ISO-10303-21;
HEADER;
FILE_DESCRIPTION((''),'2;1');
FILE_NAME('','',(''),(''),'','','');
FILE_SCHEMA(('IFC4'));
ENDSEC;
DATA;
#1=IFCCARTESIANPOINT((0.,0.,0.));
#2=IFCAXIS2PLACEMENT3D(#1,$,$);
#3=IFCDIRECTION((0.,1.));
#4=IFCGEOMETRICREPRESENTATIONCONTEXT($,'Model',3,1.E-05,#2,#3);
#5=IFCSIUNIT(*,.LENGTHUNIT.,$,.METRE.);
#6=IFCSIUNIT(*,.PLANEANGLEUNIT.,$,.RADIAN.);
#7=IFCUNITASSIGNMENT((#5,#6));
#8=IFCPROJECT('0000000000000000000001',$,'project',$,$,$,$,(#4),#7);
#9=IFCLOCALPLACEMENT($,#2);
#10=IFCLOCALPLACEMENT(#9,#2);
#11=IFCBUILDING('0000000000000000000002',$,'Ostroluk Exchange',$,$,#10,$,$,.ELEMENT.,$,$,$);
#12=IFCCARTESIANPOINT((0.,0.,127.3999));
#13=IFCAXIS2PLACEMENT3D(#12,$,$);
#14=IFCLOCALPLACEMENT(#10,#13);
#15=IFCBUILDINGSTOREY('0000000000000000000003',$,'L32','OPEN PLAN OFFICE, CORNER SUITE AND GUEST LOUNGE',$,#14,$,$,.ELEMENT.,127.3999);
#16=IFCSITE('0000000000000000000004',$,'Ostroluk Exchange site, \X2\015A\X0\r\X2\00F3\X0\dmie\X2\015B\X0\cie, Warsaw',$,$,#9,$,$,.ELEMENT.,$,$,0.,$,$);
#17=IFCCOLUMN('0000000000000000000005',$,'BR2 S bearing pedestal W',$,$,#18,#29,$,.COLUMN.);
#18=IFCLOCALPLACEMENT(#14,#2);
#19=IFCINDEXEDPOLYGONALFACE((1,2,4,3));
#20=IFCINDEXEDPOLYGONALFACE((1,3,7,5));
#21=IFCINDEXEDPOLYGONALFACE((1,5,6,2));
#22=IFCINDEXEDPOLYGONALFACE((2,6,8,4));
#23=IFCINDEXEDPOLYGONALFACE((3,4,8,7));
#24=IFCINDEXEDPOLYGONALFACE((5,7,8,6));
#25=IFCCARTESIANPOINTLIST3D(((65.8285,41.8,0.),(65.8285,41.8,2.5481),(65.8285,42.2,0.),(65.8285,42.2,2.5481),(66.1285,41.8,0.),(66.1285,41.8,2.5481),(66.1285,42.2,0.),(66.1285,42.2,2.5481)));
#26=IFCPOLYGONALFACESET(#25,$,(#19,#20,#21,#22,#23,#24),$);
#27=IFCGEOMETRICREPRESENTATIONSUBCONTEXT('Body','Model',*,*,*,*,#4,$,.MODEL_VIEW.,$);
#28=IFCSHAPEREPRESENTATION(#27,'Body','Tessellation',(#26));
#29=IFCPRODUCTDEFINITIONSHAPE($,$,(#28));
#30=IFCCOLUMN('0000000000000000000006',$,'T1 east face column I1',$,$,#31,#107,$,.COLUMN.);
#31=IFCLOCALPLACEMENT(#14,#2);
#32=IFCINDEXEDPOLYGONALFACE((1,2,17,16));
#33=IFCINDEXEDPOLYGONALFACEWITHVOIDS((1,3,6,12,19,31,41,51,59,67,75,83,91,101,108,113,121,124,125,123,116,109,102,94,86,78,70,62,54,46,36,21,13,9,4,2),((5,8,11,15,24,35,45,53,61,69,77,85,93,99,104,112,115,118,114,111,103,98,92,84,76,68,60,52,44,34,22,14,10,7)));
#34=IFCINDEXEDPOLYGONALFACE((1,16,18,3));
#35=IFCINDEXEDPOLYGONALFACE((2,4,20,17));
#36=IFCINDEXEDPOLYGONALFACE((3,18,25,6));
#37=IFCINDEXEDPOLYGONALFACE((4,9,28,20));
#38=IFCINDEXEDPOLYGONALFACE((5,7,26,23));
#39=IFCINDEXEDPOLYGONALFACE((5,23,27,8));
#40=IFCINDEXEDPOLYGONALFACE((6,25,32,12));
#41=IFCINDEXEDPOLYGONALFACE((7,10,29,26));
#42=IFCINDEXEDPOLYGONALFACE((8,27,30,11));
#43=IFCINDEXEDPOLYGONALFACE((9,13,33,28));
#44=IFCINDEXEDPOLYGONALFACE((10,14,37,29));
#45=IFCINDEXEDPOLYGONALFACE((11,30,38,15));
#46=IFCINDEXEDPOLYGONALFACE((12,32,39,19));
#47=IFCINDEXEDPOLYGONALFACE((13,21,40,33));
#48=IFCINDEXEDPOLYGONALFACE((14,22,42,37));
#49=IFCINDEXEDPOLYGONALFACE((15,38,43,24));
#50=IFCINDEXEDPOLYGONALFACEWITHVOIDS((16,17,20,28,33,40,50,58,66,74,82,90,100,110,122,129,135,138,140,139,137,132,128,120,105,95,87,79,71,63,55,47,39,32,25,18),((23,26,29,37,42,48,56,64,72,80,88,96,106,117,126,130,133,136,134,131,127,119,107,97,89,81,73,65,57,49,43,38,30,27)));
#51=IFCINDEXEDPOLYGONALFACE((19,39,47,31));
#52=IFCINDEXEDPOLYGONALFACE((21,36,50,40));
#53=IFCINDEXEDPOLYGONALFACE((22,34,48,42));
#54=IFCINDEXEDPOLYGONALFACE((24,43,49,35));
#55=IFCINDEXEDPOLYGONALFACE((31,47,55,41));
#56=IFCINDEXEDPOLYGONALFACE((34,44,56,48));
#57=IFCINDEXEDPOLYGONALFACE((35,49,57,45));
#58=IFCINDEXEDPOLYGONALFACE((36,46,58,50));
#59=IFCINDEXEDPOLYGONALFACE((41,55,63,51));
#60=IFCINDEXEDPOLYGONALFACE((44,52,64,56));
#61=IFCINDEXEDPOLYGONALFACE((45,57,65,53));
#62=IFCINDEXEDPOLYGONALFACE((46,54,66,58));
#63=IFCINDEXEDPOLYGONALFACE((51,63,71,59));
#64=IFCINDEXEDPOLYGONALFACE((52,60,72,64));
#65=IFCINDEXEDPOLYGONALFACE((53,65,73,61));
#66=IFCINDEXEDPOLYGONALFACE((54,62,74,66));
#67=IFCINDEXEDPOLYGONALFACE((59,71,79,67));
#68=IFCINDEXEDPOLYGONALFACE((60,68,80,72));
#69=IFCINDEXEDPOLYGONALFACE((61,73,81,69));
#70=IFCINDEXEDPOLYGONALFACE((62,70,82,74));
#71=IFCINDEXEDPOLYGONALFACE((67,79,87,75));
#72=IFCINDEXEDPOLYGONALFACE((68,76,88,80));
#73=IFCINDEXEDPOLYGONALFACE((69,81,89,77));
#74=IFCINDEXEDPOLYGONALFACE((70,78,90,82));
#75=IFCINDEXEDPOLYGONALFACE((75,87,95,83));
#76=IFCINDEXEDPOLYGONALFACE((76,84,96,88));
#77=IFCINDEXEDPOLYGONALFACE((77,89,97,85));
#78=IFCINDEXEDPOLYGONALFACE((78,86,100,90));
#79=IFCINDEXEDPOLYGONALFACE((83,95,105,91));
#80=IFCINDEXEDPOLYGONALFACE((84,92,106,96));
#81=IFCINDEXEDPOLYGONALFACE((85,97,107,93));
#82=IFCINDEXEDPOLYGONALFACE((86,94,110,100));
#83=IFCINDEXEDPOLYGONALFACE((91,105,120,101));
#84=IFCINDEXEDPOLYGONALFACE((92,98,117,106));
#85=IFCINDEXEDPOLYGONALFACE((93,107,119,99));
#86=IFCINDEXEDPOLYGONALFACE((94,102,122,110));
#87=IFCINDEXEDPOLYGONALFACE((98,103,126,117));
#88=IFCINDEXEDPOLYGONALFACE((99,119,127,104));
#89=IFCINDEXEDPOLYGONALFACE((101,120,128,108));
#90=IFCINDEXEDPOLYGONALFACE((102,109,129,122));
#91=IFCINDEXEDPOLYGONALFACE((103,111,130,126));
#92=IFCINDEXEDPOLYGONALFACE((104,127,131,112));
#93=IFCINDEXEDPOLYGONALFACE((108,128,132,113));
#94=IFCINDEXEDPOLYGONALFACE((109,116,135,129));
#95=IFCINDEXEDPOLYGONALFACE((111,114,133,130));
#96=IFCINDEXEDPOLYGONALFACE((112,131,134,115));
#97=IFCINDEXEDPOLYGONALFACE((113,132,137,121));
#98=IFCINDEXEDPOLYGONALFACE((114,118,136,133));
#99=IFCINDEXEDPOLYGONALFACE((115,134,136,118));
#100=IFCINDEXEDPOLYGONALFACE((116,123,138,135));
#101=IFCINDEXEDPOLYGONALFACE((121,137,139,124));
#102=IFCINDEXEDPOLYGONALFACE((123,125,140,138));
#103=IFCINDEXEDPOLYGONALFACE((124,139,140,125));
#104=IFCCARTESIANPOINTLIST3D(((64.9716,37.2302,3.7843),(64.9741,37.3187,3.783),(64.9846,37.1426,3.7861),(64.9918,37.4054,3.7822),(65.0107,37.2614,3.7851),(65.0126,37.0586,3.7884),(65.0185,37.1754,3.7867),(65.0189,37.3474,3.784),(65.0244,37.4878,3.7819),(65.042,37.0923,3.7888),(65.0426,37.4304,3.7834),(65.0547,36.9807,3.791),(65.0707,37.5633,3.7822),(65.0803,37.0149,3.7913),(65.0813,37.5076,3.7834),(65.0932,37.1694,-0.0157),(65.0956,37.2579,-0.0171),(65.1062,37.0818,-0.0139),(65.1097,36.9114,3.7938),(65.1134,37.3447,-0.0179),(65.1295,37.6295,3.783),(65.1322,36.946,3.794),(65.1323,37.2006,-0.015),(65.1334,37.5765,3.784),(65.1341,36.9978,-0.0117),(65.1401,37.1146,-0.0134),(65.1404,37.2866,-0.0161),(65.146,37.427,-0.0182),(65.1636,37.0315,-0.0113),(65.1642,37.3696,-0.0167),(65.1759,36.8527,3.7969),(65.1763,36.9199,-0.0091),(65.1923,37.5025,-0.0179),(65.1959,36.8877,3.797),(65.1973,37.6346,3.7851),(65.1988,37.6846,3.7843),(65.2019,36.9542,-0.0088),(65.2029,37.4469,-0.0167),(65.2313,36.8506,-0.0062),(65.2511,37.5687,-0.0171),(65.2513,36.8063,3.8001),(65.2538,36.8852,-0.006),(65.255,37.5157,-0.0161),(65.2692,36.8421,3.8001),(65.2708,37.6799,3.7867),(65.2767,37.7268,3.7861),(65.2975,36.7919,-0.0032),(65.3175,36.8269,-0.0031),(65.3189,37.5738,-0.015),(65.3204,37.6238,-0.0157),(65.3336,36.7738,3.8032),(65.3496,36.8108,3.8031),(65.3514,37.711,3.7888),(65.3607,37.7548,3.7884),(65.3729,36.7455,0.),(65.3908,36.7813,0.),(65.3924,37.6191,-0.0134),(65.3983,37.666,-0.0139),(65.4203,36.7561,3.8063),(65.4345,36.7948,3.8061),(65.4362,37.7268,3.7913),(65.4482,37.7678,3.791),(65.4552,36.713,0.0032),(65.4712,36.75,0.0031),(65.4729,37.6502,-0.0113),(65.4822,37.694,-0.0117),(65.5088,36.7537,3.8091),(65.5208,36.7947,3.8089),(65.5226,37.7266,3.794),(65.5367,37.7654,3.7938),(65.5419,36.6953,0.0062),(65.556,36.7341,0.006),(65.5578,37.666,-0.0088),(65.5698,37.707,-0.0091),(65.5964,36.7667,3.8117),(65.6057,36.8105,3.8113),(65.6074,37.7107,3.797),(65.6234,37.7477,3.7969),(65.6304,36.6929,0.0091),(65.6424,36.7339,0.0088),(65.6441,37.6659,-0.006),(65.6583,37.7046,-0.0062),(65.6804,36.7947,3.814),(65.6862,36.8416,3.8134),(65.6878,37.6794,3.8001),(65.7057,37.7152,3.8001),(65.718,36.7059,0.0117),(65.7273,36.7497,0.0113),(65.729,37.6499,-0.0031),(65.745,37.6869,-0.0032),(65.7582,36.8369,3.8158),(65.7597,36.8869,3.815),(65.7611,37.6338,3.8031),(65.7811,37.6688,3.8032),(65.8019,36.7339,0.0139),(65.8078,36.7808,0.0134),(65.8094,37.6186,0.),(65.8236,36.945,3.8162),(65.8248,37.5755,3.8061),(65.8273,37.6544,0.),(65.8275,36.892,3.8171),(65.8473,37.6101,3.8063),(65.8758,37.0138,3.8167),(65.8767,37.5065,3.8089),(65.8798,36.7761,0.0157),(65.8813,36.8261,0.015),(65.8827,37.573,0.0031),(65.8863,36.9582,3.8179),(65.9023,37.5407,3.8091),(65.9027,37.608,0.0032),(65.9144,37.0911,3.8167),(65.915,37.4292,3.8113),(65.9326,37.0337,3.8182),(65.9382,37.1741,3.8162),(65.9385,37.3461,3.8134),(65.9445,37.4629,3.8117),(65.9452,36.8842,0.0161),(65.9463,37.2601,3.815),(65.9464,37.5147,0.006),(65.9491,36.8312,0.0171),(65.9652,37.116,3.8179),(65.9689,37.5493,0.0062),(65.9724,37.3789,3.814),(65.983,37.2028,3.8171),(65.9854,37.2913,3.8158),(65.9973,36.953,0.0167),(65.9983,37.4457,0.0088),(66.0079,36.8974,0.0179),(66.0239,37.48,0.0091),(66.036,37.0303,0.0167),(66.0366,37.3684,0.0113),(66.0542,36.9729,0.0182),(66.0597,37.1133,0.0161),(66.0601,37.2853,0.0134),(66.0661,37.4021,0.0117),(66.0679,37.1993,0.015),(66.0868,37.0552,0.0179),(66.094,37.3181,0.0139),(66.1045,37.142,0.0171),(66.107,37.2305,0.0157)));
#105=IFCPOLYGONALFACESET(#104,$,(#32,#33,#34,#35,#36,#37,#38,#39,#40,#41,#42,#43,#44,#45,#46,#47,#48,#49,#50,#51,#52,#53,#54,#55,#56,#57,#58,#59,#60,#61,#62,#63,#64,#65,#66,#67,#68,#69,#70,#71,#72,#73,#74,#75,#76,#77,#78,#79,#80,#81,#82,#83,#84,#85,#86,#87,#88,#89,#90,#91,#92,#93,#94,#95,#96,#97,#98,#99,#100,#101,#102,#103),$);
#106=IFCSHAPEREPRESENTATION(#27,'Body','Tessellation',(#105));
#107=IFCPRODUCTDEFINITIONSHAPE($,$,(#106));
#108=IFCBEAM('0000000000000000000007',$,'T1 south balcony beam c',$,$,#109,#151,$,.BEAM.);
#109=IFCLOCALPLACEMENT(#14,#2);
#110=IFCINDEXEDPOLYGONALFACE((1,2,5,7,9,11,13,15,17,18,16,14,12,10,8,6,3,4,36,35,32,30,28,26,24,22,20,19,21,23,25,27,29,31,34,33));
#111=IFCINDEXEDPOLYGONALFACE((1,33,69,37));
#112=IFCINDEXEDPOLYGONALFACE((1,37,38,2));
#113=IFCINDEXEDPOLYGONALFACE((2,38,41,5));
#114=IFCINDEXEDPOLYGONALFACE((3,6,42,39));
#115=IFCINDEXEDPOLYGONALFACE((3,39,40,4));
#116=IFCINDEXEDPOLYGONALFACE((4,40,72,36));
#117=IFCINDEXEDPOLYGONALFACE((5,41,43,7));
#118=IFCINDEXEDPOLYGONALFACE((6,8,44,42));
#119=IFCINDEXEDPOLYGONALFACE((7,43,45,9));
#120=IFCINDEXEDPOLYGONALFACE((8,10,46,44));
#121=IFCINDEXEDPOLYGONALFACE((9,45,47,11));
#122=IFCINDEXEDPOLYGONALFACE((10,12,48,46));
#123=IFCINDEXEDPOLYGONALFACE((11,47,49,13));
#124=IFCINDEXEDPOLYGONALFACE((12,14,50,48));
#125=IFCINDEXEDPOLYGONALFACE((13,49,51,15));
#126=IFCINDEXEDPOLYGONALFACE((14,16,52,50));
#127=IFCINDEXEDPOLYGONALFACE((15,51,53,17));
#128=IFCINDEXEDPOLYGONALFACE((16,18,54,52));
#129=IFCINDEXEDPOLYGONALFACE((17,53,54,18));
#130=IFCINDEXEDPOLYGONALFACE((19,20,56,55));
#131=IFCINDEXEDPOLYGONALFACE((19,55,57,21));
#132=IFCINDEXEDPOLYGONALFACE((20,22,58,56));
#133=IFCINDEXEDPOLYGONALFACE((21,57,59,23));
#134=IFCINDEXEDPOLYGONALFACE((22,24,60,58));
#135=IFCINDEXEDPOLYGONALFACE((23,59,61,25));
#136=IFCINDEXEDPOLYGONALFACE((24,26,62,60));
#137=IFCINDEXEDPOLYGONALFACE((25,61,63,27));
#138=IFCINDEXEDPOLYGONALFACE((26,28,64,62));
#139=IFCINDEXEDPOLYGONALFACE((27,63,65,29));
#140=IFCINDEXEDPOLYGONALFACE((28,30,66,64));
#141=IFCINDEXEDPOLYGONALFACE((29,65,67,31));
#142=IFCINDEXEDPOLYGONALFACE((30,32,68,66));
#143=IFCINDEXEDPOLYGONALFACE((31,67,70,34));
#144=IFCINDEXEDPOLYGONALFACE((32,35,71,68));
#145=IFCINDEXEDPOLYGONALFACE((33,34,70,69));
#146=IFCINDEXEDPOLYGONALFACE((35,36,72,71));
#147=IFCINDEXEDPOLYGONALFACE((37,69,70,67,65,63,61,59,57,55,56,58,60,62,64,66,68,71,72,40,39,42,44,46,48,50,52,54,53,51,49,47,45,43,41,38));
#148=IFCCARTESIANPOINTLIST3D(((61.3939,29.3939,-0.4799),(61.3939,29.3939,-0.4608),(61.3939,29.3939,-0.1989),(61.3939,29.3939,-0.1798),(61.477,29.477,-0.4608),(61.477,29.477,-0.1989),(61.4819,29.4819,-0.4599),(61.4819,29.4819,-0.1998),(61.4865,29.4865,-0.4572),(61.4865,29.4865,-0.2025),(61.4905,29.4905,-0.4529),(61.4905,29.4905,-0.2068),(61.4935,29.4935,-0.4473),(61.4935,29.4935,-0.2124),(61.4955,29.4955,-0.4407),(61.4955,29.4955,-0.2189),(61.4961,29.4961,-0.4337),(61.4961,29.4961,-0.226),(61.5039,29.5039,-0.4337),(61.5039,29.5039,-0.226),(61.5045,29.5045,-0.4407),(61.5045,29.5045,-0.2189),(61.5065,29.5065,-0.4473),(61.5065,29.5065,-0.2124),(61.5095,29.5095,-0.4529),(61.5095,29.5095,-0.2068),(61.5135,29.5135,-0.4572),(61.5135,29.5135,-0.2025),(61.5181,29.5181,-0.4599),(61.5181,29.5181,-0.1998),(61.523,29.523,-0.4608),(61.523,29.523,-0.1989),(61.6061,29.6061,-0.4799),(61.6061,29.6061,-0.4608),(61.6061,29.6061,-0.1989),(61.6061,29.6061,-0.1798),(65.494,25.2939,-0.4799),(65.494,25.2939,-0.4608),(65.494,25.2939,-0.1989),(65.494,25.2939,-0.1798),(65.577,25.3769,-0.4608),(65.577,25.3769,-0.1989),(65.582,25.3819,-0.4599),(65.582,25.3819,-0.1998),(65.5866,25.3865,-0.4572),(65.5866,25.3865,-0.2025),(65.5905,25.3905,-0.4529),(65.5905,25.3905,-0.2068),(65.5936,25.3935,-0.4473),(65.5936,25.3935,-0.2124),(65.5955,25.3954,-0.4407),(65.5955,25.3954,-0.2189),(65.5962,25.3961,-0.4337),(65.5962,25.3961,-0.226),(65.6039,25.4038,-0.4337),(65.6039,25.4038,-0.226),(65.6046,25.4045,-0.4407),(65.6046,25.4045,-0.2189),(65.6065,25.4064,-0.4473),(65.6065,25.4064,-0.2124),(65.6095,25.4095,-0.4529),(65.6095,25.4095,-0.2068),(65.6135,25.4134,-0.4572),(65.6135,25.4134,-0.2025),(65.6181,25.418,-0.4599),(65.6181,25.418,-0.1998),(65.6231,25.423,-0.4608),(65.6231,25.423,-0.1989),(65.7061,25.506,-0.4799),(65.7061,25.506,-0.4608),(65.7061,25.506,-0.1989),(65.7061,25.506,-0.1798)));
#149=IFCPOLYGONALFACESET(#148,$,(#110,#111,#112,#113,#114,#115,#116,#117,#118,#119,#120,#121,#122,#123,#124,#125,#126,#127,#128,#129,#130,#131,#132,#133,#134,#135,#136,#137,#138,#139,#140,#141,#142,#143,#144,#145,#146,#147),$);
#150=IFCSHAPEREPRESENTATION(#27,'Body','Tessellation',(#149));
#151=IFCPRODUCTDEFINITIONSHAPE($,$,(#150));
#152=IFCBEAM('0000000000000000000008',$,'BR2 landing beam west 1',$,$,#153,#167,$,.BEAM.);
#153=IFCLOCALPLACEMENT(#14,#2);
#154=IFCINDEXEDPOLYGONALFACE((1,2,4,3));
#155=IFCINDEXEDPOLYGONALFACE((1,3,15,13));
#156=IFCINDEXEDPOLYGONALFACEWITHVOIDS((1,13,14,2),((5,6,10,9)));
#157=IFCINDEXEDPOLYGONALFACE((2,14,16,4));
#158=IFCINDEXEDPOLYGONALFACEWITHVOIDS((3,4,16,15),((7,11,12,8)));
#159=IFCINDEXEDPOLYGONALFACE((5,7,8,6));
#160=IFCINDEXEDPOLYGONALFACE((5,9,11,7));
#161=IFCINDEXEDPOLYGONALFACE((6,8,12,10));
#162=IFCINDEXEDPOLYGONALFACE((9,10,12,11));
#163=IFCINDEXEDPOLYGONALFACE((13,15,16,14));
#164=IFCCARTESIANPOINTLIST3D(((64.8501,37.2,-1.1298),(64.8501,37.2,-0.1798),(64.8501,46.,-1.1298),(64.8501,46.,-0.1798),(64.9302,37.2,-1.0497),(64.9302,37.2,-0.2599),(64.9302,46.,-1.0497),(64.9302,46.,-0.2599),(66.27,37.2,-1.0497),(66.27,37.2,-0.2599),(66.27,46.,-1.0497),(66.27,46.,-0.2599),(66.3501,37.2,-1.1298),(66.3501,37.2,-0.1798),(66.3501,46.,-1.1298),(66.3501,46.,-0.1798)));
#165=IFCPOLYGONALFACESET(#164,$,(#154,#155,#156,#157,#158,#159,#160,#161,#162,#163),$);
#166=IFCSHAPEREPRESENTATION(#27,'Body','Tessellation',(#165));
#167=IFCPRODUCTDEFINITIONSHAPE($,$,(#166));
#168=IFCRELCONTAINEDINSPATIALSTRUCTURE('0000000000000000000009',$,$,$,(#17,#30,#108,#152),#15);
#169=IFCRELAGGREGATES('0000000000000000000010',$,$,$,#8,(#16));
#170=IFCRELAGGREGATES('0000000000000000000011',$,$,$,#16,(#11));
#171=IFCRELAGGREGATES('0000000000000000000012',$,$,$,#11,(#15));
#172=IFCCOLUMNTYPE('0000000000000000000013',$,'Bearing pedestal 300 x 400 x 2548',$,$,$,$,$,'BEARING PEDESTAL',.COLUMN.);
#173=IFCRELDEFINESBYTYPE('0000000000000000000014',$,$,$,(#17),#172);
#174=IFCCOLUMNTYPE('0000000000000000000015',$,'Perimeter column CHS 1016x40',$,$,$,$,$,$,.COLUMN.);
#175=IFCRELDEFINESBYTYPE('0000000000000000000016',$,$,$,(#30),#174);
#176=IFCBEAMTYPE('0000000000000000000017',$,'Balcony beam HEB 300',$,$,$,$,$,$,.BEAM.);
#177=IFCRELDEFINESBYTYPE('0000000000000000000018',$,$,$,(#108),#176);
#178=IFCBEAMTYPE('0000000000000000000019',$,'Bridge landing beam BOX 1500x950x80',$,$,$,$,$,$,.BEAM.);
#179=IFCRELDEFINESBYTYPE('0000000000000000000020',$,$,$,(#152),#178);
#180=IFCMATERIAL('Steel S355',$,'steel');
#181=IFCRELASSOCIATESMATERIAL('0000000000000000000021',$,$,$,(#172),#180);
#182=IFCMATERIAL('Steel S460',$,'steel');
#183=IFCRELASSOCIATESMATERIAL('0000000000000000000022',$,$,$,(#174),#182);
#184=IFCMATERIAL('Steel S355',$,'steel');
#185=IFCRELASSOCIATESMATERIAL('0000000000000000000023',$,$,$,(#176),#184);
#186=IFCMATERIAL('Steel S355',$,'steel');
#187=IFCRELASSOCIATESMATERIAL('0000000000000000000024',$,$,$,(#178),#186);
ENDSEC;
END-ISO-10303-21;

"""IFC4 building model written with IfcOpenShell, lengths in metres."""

from ifc_helpers import new_model, si_unit, direction, frame, origin, origin_2d, place, context, subcontext, project, spatial, rectangle, hollow_rectangle, hollow_circle, i_section, extrude, material, material_profile, profile_set, type_object, element, save


model = new_model("IFC4")

# Units and contexts
model_context = context("Model", 3, precision=1e-05, world=origin(), true_north=direction((0.0, 1.0)))
body_context = subcontext(model_context, "Body", "Model", "MODEL_VIEW")
ifc_project = project(units=[si_unit("LENGTHUNIT", "METRE"), si_unit("PLANEANGLEUNIT", "RADIAN")], contexts=[model_context])

# Site, building, storey
site_placement = place(None, origin())
site = spatial("IfcSite", under=ifc_project, at=site_placement, Name="Ostroluk Exchange site, Śródmieście, Warsaw", CompositionType="ELEMENT", RefElevation=0.0)
building_placement = place(site_placement, origin())
building = spatial("IfcBuilding", under=site, at=building_placement, Name="Ostroluk Exchange", CompositionType="ELEMENT")
storey_placement = place(building_placement, frame((0.0, 0.0, 127.3999)))
storey = spatial("IfcBuildingStorey", under=building, at=storey_placement, Name="L32", Description="OPEN PLAN OFFICE, CORNER SUITE AND GUEST LOUNGE", CompositionType="ELEMENT", Elevation=127.3999)

# Columns
ifc_material_1 = material(Name="Steel S355", Category="steel")
ifc_material_profile_1 = material_profile(ifc_material_1, rectangle(XDim=0.3, YDim=0.3999, at=origin_2d()), Name="PL 300x400")
ifc_profile_set_1 = profile_set([ifc_material_profile_1], Name="Steel S355")
column_type_1 = type_object("IfcColumnType", Name="Bearing pedestal 300 x 400 x 2548", ElementType="BEARING PEDESTAL", PredefinedType="COLUMN", material=ifc_profile_set_1)
column_1_placement = place(storey_placement, frame((65.9785, 42.0, 0.0), z_axis=(0.0, 0.0, 1.0), x_axis=(1.0, 0.0, 0.0)))
element("IfcColumn", 1, at=column_1_placement, inside=storey, type_object=column_type_1, Name="BR2 S bearing pedestal W", PredefinedType="COLUMN", context=body_context, shape_type="SweptSolid", body=[
    extrude(rectangle(XDim=0.3, YDim=0.3999, at=origin_2d()), origin(), (0.0, 0.0, 1.0), 2.5481),
])
ifc_material_2 = material(Name="Steel S460", Category="steel")
ifc_material_profile_2 = material_profile(ifc_material_2, hollow_circle(Radius=0.5081, WallThickness=0.04, at=origin_2d()), Name="CHS 1016x40")
ifc_profile_set_2 = profile_set([ifc_material_profile_2], Name="Steel S460")
column_type_2 = type_object("IfcColumnType", Name="Perimeter column CHS 1016x40", PredefinedType="COLUMN", material=ifc_profile_set_2)
column_2_placement = place(storey_placement, frame((65.6001, 37.2, 0.0), z_axis=(-0.031974, 0.015987, 0.999361), x_axis=(-0.447214, -0.894427, 0.0)))
element("IfcColumn", 2, at=column_2_placement, inside=storey, type_object=column_type_2, Name="T1 east face column I1", PredefinedType="COLUMN", context=body_context, shape_type="SweptSolid", body=[
    extrude(hollow_circle(Radius=0.5081, WallThickness=0.04, at=origin_2d()), origin(), (0.0, 0.0, 1.0), 3.8025),
])

# Beams
ifc_material_3 = material(Name="Steel S355", Category="steel")
ifc_material_profile_3 = material_profile(ifc_material_3, i_section(OverallWidth=0.3, OverallDepth=0.3, WebThickness=0.011, FlangeThickness=0.019, FilletRadius=0.0271, at=origin_2d()), Name="HEB 300")
ifc_profile_set_3 = profile_set([ifc_material_profile_3], Name="Steel S355")
beam_type_1 = type_object("IfcBeamType", Name="Balcony beam HEB 300", PredefinedType="BEAM", material=ifc_profile_set_3)
beam_1_placement = place(storey_placement, frame((61.5, 29.5, -0.3298), z_axis=(0.707107, -0.707107, 0.0), x_axis=(0.707107, 0.707107, 0.0)))
element("IfcBeam", 3, at=beam_1_placement, inside=storey, type_object=beam_type_1, Name="T1 south balcony beam c", PredefinedType="BEAM", context=body_context, shape_type="SweptSolid", body=[
    extrude(i_section(OverallWidth=0.3, OverallDepth=0.3, WebThickness=0.011, FlangeThickness=0.019, FilletRadius=0.0271, at=origin_2d()), origin(), (0.0, 0.0, 1.0), 5.7983),
])
ifc_material_4 = material(Name="Steel S355", Category="steel")
ifc_material_profile_4 = material_profile(ifc_material_4, hollow_rectangle(XDim=1.5, YDim=0.95, WallThickness=0.0801, at=origin_2d()), Name="BOX 1500x950x80")
ifc_profile_set_4 = profile_set([ifc_material_profile_4], Name="Steel S355")
beam_type_2 = type_object("IfcBeamType", Name="Bridge landing beam BOX 1500x950x80", PredefinedType="BEAM", material=ifc_profile_set_4)
beam_2_placement = place(storey_placement, frame((65.6001, 37.2, -0.6548), z_axis=(0.0, 1.0, 0.0), x_axis=(-1.0, 0.0, 0.0)))
element("IfcBeam", 4, at=beam_2_placement, inside=storey, type_object=beam_type_2, Name="BR2 landing beam west 1", PredefinedType="BEAM", context=body_context, shape_type="SweptSolid", body=[
    extrude(hollow_rectangle(XDim=1.5, YDim=0.95, WallThickness=0.0801, at=origin_2d()), origin(), (0.0, 0.0, 1.0), 8.8),
])

save(model, "model.ifc")
